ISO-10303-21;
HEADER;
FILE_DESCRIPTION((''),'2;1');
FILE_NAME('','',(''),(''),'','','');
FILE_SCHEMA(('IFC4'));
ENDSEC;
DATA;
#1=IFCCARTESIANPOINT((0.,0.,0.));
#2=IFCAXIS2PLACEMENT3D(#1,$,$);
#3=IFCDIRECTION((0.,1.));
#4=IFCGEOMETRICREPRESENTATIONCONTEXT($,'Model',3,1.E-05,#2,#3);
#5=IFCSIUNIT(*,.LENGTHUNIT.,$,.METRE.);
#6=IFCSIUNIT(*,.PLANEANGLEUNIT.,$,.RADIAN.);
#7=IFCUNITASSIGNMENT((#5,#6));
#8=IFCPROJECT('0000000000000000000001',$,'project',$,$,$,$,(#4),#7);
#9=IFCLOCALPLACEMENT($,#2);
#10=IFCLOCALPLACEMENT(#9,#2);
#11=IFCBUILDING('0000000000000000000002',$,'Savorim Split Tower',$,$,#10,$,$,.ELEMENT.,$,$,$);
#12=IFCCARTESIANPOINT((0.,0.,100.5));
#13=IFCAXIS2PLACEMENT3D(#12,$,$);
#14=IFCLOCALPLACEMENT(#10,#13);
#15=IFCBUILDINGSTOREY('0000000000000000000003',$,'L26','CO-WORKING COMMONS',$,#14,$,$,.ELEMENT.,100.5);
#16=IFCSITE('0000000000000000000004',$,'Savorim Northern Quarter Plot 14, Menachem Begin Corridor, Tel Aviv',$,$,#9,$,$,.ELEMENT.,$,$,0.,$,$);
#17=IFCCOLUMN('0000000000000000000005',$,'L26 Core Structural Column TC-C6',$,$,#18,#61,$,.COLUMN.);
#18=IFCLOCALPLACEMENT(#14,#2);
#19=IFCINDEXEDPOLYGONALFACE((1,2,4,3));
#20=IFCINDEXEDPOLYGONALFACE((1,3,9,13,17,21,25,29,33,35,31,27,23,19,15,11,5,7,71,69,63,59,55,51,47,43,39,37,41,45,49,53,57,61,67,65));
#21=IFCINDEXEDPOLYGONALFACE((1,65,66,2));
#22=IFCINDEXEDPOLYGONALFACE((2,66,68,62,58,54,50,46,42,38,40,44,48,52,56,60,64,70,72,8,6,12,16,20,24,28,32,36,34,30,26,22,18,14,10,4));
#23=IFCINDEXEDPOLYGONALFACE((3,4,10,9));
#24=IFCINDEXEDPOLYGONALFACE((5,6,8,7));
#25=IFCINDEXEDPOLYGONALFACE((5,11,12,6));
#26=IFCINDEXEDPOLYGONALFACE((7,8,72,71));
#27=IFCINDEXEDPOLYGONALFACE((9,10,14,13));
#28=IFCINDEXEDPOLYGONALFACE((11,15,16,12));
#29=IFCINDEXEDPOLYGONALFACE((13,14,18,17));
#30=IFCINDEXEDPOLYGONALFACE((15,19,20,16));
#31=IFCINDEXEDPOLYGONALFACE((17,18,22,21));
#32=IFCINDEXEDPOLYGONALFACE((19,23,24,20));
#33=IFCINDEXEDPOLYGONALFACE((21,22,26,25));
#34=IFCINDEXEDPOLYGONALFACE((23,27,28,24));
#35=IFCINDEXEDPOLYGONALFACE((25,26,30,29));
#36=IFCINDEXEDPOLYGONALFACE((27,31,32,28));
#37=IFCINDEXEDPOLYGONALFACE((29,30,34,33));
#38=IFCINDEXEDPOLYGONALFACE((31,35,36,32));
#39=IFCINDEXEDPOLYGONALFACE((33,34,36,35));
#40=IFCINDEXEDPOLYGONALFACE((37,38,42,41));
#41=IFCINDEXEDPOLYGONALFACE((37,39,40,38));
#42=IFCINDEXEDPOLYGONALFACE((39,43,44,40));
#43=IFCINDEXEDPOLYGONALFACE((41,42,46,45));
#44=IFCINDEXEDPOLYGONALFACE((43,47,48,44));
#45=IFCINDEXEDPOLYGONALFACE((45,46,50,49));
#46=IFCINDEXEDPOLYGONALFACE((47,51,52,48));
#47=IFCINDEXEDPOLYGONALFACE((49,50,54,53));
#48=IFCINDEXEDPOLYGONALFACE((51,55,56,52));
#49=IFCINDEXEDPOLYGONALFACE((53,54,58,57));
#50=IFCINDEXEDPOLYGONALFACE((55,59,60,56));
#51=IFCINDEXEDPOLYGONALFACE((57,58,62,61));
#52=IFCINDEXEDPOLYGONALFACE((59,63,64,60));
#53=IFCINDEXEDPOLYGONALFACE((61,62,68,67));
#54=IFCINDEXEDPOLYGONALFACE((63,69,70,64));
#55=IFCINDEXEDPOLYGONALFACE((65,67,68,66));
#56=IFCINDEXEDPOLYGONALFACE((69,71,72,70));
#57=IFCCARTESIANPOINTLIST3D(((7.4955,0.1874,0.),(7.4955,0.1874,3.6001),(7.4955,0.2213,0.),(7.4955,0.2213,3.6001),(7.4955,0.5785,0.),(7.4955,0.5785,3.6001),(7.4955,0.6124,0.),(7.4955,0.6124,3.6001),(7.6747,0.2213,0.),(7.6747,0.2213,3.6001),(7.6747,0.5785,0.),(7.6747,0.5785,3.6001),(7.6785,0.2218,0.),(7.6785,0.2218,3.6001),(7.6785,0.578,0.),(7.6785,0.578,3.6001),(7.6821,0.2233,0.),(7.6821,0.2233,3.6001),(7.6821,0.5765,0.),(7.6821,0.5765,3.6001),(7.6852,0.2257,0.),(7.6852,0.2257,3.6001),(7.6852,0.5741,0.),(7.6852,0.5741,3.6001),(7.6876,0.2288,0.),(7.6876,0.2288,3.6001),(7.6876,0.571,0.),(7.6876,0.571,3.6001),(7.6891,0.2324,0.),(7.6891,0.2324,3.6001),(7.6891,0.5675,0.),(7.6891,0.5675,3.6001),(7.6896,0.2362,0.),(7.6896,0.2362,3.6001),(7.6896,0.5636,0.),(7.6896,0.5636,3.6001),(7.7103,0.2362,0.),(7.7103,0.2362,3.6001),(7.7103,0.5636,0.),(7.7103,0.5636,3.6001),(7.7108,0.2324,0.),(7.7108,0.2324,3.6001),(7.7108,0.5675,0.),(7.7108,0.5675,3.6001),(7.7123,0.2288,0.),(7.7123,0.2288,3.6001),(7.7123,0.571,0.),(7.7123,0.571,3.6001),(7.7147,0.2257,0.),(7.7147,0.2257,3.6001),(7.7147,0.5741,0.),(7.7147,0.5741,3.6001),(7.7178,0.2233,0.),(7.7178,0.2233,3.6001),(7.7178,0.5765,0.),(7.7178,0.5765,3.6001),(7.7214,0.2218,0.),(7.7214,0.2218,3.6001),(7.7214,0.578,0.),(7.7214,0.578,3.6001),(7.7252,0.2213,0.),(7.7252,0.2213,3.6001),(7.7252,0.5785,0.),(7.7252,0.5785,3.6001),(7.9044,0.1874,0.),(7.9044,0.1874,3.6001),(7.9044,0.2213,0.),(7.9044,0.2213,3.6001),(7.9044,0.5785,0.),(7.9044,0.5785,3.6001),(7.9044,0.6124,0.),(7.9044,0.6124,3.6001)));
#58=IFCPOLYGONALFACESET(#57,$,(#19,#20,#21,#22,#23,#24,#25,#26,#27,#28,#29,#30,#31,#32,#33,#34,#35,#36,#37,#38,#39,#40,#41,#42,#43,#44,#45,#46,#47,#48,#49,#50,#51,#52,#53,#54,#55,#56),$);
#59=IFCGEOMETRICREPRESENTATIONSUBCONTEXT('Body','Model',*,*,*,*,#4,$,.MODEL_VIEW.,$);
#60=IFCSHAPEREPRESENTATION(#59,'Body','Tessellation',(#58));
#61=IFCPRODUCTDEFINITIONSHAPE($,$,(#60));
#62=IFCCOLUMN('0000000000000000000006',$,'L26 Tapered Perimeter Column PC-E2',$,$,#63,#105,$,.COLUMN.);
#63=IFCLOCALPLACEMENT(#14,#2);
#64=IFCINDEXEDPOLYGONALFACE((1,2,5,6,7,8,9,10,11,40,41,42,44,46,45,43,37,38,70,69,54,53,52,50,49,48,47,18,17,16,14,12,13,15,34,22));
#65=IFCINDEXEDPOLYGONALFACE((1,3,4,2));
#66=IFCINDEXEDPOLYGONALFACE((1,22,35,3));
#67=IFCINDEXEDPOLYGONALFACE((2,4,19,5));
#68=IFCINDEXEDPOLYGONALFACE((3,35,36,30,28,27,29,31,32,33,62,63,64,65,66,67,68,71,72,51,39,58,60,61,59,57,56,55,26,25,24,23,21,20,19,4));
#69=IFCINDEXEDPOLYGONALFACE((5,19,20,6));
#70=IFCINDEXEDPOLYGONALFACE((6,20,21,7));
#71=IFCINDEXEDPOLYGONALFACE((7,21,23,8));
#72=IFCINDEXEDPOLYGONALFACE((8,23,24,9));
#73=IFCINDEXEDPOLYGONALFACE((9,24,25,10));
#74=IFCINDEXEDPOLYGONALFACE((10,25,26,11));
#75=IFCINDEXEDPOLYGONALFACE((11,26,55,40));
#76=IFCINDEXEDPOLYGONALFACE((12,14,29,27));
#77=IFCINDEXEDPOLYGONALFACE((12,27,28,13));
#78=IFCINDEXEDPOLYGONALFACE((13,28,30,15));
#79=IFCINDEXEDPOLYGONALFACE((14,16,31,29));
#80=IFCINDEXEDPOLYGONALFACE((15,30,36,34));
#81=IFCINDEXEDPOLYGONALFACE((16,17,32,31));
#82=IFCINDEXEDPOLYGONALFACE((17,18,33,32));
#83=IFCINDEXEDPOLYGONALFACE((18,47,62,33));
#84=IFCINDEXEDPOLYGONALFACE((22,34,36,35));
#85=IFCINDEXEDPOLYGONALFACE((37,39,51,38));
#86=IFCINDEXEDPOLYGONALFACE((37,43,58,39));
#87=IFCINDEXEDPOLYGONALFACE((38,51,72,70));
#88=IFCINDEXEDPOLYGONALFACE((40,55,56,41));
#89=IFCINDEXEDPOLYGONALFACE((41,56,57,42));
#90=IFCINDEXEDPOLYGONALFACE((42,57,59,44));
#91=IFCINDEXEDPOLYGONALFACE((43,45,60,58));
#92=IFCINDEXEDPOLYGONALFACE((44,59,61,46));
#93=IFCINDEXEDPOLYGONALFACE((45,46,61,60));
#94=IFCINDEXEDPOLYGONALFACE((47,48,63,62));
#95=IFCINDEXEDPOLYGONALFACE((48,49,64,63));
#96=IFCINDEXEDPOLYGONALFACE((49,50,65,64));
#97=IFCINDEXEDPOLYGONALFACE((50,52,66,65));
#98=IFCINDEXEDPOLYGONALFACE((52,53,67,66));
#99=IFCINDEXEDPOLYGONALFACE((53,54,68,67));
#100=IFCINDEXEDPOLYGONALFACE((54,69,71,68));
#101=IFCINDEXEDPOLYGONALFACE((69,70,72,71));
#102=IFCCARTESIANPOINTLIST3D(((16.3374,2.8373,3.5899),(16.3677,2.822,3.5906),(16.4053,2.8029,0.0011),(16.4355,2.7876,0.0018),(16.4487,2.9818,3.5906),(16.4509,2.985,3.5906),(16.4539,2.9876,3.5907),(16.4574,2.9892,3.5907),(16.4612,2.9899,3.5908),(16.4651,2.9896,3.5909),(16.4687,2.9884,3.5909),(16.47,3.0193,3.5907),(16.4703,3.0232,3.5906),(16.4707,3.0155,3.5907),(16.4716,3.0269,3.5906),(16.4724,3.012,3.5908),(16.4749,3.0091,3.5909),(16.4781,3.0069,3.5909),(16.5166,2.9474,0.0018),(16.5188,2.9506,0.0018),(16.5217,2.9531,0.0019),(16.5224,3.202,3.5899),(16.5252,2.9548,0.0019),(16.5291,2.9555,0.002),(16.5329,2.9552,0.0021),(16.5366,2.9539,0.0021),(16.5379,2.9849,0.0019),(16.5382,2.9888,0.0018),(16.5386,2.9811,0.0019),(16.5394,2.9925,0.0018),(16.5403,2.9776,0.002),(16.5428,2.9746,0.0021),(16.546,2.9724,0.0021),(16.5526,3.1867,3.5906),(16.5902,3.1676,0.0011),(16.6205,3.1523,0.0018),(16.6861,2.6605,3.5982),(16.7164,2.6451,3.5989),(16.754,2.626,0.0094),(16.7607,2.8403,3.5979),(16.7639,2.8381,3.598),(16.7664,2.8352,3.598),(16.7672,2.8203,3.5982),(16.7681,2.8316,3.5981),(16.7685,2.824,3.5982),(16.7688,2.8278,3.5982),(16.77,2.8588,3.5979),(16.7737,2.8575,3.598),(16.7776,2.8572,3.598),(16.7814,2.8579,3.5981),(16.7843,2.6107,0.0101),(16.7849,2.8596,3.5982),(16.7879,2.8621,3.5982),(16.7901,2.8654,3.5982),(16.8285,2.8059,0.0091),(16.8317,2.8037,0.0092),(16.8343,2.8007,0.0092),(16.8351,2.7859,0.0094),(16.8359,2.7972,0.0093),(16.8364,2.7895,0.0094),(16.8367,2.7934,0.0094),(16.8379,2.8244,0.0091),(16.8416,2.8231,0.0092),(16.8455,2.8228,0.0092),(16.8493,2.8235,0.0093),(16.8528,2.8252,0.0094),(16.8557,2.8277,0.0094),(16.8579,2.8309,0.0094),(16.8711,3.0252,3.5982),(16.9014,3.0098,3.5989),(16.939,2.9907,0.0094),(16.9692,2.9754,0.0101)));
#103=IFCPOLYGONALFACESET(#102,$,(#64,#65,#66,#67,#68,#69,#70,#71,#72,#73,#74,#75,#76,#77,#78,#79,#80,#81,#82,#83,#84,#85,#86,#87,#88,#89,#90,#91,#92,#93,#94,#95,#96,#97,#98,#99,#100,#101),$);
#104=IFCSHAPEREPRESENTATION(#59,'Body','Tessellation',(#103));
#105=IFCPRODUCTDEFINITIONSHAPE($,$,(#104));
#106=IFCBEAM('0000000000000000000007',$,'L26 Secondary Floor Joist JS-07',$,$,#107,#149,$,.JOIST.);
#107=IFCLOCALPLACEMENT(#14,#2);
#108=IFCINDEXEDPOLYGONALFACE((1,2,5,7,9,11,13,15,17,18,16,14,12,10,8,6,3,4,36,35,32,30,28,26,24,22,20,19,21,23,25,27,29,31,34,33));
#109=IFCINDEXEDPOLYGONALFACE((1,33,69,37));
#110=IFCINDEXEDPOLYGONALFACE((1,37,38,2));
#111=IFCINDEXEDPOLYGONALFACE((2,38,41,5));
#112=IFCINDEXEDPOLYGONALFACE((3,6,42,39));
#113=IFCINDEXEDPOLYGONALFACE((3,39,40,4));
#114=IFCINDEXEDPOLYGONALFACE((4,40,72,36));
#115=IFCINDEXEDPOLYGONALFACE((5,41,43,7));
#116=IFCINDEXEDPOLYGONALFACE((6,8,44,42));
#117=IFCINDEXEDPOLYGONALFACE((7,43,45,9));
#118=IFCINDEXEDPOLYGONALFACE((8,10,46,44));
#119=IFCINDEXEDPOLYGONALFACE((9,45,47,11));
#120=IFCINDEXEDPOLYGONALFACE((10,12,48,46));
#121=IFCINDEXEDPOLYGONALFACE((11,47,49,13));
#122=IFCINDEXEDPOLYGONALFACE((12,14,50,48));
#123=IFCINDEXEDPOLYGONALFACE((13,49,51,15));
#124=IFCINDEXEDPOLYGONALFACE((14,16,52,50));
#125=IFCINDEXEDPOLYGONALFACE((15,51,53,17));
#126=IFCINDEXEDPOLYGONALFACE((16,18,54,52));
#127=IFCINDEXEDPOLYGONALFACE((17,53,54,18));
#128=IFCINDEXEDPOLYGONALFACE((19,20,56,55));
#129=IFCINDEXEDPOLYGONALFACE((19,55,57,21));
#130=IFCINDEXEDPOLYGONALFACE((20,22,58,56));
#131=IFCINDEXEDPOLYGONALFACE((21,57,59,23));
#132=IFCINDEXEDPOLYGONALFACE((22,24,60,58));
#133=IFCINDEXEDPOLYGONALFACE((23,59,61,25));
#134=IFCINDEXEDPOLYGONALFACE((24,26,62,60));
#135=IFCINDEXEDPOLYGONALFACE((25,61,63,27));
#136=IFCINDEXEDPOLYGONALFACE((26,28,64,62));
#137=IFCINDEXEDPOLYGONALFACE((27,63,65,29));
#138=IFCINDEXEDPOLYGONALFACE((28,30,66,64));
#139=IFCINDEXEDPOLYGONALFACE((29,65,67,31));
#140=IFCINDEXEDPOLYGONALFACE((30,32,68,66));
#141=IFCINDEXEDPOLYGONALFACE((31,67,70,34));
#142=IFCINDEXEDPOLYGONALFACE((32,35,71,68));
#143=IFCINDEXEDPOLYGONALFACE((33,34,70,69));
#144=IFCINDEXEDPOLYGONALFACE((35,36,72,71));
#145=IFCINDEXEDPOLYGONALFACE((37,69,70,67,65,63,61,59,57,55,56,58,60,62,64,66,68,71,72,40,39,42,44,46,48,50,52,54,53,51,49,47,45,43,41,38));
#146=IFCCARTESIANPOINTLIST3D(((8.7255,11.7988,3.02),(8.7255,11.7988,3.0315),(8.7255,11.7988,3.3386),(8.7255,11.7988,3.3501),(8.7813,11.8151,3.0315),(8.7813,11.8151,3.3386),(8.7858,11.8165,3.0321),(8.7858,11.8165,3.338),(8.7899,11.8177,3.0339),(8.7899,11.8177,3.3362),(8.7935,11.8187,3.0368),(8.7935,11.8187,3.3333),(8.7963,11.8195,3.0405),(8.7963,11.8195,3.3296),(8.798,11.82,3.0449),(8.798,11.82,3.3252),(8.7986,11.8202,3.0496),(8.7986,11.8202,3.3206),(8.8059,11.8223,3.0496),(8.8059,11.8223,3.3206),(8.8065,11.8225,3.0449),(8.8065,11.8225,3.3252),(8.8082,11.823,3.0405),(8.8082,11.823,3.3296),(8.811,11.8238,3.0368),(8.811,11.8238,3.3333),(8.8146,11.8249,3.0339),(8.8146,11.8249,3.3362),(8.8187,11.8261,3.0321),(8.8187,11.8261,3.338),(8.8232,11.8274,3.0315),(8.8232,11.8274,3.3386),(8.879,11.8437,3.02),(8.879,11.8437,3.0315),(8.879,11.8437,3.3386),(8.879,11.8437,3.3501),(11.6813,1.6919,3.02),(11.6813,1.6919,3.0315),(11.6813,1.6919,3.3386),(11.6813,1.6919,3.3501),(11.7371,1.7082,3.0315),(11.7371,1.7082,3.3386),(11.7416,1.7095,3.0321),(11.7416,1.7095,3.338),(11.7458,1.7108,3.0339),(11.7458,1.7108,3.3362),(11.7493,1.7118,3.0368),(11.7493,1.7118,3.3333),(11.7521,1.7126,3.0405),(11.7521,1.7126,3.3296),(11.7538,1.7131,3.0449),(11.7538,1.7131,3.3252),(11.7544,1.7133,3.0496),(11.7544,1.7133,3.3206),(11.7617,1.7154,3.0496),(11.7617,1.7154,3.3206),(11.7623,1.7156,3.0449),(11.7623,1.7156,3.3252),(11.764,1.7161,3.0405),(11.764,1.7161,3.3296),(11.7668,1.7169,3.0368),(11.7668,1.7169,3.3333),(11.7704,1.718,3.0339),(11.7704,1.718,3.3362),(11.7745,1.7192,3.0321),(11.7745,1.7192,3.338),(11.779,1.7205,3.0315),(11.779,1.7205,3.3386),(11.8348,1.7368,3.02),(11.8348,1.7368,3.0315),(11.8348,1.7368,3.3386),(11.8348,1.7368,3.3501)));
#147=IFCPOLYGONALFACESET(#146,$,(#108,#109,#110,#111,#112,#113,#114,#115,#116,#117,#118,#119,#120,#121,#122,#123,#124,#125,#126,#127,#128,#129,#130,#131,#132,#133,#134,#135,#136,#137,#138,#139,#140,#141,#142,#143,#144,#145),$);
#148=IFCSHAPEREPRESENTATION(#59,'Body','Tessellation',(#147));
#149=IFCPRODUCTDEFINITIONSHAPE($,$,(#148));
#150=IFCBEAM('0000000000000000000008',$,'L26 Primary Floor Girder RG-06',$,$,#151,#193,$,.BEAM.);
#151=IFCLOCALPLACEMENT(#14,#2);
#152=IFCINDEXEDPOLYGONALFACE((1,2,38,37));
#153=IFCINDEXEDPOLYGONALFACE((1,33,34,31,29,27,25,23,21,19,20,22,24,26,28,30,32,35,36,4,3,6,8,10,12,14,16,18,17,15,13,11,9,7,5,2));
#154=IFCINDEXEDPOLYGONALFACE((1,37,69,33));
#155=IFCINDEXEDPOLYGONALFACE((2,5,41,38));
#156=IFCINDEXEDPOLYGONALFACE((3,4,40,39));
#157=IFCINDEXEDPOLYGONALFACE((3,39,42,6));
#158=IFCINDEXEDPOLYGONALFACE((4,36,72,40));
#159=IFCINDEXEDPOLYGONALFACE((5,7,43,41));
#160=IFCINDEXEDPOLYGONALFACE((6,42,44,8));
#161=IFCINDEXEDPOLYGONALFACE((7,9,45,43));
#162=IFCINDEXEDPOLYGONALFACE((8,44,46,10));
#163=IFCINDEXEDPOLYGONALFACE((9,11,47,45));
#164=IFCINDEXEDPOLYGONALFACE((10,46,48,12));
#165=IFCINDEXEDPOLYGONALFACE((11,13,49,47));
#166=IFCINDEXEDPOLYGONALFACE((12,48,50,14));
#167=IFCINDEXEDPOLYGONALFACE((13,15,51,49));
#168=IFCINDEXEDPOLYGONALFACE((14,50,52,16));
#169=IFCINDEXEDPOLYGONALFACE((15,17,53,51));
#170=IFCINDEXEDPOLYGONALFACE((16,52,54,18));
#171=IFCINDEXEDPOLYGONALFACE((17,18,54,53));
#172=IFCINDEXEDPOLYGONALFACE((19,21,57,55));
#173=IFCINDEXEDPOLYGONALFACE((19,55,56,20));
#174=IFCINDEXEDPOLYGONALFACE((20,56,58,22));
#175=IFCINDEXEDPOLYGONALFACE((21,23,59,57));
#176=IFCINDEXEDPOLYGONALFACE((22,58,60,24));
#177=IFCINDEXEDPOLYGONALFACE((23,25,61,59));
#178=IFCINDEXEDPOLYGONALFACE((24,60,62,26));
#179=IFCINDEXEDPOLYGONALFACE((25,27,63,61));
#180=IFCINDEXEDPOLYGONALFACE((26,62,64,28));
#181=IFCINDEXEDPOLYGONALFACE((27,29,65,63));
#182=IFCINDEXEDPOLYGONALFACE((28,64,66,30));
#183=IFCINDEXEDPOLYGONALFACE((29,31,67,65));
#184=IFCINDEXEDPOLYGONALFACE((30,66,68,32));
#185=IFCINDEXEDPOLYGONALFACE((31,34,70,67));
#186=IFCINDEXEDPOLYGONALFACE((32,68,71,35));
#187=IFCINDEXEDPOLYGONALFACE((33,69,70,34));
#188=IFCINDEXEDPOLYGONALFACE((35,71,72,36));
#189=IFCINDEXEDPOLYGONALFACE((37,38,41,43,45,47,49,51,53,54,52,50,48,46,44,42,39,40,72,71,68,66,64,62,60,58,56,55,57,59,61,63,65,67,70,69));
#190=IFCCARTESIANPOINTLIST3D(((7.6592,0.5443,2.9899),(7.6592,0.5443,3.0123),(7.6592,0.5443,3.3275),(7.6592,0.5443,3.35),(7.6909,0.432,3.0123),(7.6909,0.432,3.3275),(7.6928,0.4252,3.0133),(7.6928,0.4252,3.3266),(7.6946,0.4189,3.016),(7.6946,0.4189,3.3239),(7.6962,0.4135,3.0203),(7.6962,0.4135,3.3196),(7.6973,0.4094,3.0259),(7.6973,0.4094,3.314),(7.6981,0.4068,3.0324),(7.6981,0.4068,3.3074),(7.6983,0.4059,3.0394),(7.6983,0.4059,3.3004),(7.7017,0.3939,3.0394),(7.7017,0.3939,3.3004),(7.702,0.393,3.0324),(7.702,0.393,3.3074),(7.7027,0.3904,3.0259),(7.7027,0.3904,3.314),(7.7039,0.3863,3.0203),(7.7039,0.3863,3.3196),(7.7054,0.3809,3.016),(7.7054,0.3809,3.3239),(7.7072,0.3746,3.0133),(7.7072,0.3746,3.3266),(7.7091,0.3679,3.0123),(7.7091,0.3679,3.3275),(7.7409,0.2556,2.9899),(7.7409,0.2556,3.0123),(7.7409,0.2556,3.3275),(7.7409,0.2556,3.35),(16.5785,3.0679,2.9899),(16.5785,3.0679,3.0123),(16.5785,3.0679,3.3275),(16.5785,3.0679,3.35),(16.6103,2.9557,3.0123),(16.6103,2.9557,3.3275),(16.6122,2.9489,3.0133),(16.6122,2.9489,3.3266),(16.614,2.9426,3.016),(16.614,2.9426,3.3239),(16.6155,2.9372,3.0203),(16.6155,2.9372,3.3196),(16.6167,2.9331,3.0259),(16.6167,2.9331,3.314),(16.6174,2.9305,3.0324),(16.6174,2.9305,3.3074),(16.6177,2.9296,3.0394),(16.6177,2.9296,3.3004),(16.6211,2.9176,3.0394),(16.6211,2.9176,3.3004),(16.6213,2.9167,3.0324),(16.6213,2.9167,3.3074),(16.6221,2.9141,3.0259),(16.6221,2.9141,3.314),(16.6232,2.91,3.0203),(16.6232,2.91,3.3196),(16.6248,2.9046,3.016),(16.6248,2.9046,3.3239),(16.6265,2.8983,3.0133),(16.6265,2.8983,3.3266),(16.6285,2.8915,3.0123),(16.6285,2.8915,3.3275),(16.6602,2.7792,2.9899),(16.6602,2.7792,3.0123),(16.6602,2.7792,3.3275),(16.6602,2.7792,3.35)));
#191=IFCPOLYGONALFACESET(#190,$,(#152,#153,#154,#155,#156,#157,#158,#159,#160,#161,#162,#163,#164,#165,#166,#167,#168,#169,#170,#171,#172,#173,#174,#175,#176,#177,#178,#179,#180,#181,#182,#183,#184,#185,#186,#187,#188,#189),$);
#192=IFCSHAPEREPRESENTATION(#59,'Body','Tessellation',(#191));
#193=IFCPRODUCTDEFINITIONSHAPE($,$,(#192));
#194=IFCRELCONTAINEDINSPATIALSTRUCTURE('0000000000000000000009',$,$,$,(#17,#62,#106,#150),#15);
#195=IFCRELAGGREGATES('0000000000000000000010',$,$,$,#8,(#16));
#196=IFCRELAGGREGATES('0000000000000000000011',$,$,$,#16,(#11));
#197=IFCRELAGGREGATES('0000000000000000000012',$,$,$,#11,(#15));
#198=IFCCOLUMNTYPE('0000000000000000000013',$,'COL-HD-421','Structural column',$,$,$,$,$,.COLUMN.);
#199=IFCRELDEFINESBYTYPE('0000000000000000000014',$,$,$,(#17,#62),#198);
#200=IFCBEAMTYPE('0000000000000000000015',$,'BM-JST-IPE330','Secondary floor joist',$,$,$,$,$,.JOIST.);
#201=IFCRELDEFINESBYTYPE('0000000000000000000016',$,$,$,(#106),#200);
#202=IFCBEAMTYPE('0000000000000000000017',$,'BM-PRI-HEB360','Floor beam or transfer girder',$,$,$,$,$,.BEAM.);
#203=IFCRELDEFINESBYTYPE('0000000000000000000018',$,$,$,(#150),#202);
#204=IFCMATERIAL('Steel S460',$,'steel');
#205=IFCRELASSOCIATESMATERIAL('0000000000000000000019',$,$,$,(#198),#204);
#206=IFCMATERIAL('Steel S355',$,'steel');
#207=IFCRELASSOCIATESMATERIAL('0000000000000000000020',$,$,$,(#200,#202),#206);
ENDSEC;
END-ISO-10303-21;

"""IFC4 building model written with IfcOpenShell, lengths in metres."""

from ifc_helpers import new_model, si_unit, direction, frame, origin, origin_2d, place, context, subcontext, project, spatial, i_section, extrude, material, material_profile, profile_set, type_object, element, save


model = new_model("IFC4")

# Units and contexts
model_context = context("Model", 3, precision=1e-05, world=origin(), true_north=direction((0.0, 1.0)))
body_context = subcontext(model_context, "Body", "Model", "MODEL_VIEW")
ifc_project = project(units=[si_unit("LENGTHUNIT", "METRE"), si_unit("PLANEANGLEUNIT", "RADIAN")], contexts=[model_context])

# Site, building, storey
site_placement = place(None, origin())
site = spatial("IfcSite", under=ifc_project, at=site_placement, Name="Savorim Northern Quarter Plot 14, Menachem Begin Corridor, Tel Aviv", CompositionType="ELEMENT", RefElevation=0.0)
building_placement = place(site_placement, origin())
building = spatial("IfcBuilding", under=site, at=building_placement, Name="Savorim Split Tower", CompositionType="ELEMENT")
storey_placement = place(building_placement, frame((0.0, 0.0, 100.5)))
storey = spatial("IfcBuildingStorey", under=building, at=storey_placement, Name="L26", Description="CO-WORKING COMMONS", CompositionType="ELEMENT", Elevation=100.5)

# Columns
ifc_material_1 = material(Name="Steel S460", Category="steel")
ifc_material_profile_1 = material_profile(ifc_material_1, i_section(OverallWidth=0.4089, OverallDepth=0.425, WebThickness=0.0208, FlangeThickness=0.0339, FilletRadius=0.0149, at=origin_2d()), Name="HD 400x421")
ifc_profile_set_1 = profile_set([ifc_material_profile_1], Name="Steel S460")
column_type = type_object("IfcColumnType", Name="COL-HD-421", Description="Structural column", PredefinedType="COLUMN", material=ifc_profile_set_1)
column_1_placement = place(storey_placement, frame((7.7, 0.3999, 0.0), z_axis=(0.0, 0.0, 1.0), x_axis=(1.0, 0.0, 0.0)))
element("IfcColumn", 1, at=column_1_placement, inside=storey, type_object=column_type, Name="L26 Core Structural Column TC-C6", PredefinedType="COLUMN", context=body_context, shape_type="SweptSolid", body=[
    extrude(i_section(OverallWidth=0.4089, OverallDepth=0.425, WebThickness=0.0208, FlangeThickness=0.0339, FilletRadius=0.0149, at=origin_2d()), origin(), (0.0, 0.0, 1.0), 3.6001),
])
column_2_placement = place(storey_placement, frame((16.6873, 2.8892, 0.0056), z_axis=(-0.018907, 0.00959, 0.999775), x_axis=(-0.452339, -0.891846, 0.0)))
element("IfcColumn", 2, at=column_2_placement, inside=storey, type_object=column_type, Name="L26 Tapered Perimeter Column PC-E2", PredefinedType="COLUMN", context=body_context, shape_type="SweptSolid", body=[
    extrude(i_section(OverallWidth=0.4089, OverallDepth=0.425, WebThickness=0.0208, FlangeThickness=0.0339, FilletRadius=0.0149, at=origin_2d()), origin(), (0.0, 0.0, 1.0), 3.5896),
])

# Beams
ifc_material_2 = material(Name="Steel S355", Category="steel")
ifc_material_profile_2 = material_profile(ifc_material_2, i_section(OverallWidth=0.1599, OverallDepth=0.3301, WebThickness=0.0076, FlangeThickness=0.0115, FilletRadius=0.0181, at=origin_2d()), Name="IPE 330")
ifc_profile_set_2 = profile_set([ifc_material_profile_2], Name="Steel S355")
beam_type_1 = type_object("IfcBeamType", Name="BM-JST-IPE330", Description="Secondary floor joist", PredefinedType="JOIST", material=ifc_profile_set_2)
beam_1_placement = place(storey_placement, frame((11.7581, 1.7144, 3.1851), z_axis=(-0.280696, 0.959797, 0.0), x_axis=(-0.959797, -0.280696, 0.0)))
element("IfcBeam", 3, at=beam_1_placement, inside=storey, type_object=beam_type_1, Name="L26 Secondary Floor Joist JS-07", PredefinedType="JOIST", context=body_context, shape_type="SweptSolid", body=[
    extrude(i_section(OverallWidth=0.1599, OverallDepth=0.3301, WebThickness=0.0076, FlangeThickness=0.0115, FilletRadius=0.0181, at=origin_2d()), origin(), (0.0, 0.0, 1.0), 10.5303),
])
ifc_material_profile_3 = material_profile(ifc_material_2, i_section(OverallWidth=0.3, OverallDepth=0.3601, WebThickness=0.0125, FlangeThickness=0.0225, FilletRadius=0.0271, at=origin_2d()), Name="HEB 360")
ifc_profile_set_3 = profile_set([ifc_material_profile_3], Name="Steel S355")
beam_type_2 = type_object("IfcBeamType", Name="BM-PRI-HEB360", Description="Floor beam or transfer girder", PredefinedType="BEAM", material=ifc_profile_set_3)
beam_2_placement = place(storey_placement, frame((16.6194, 2.9236, 3.1699), z_axis=(-0.962225, -0.272254, 0.0), x_axis=(0.272254, -0.962225, 0.0)))
element("IfcBeam", 4, at=beam_2_placement, inside=storey, type_object=beam_type_2, Name="L26 Primary Floor Girder RG-06", PredefinedType="BEAM", context=body_context, shape_type="SweptSolid", body=[
    extrude(i_section(OverallWidth=0.3, OverallDepth=0.3601, WebThickness=0.0125, FlangeThickness=0.0225, FilletRadius=0.0271, at=origin_2d()), origin(), (0.0, 0.0, 1.0), 9.2695),
])

save(model, "model.ifc")
